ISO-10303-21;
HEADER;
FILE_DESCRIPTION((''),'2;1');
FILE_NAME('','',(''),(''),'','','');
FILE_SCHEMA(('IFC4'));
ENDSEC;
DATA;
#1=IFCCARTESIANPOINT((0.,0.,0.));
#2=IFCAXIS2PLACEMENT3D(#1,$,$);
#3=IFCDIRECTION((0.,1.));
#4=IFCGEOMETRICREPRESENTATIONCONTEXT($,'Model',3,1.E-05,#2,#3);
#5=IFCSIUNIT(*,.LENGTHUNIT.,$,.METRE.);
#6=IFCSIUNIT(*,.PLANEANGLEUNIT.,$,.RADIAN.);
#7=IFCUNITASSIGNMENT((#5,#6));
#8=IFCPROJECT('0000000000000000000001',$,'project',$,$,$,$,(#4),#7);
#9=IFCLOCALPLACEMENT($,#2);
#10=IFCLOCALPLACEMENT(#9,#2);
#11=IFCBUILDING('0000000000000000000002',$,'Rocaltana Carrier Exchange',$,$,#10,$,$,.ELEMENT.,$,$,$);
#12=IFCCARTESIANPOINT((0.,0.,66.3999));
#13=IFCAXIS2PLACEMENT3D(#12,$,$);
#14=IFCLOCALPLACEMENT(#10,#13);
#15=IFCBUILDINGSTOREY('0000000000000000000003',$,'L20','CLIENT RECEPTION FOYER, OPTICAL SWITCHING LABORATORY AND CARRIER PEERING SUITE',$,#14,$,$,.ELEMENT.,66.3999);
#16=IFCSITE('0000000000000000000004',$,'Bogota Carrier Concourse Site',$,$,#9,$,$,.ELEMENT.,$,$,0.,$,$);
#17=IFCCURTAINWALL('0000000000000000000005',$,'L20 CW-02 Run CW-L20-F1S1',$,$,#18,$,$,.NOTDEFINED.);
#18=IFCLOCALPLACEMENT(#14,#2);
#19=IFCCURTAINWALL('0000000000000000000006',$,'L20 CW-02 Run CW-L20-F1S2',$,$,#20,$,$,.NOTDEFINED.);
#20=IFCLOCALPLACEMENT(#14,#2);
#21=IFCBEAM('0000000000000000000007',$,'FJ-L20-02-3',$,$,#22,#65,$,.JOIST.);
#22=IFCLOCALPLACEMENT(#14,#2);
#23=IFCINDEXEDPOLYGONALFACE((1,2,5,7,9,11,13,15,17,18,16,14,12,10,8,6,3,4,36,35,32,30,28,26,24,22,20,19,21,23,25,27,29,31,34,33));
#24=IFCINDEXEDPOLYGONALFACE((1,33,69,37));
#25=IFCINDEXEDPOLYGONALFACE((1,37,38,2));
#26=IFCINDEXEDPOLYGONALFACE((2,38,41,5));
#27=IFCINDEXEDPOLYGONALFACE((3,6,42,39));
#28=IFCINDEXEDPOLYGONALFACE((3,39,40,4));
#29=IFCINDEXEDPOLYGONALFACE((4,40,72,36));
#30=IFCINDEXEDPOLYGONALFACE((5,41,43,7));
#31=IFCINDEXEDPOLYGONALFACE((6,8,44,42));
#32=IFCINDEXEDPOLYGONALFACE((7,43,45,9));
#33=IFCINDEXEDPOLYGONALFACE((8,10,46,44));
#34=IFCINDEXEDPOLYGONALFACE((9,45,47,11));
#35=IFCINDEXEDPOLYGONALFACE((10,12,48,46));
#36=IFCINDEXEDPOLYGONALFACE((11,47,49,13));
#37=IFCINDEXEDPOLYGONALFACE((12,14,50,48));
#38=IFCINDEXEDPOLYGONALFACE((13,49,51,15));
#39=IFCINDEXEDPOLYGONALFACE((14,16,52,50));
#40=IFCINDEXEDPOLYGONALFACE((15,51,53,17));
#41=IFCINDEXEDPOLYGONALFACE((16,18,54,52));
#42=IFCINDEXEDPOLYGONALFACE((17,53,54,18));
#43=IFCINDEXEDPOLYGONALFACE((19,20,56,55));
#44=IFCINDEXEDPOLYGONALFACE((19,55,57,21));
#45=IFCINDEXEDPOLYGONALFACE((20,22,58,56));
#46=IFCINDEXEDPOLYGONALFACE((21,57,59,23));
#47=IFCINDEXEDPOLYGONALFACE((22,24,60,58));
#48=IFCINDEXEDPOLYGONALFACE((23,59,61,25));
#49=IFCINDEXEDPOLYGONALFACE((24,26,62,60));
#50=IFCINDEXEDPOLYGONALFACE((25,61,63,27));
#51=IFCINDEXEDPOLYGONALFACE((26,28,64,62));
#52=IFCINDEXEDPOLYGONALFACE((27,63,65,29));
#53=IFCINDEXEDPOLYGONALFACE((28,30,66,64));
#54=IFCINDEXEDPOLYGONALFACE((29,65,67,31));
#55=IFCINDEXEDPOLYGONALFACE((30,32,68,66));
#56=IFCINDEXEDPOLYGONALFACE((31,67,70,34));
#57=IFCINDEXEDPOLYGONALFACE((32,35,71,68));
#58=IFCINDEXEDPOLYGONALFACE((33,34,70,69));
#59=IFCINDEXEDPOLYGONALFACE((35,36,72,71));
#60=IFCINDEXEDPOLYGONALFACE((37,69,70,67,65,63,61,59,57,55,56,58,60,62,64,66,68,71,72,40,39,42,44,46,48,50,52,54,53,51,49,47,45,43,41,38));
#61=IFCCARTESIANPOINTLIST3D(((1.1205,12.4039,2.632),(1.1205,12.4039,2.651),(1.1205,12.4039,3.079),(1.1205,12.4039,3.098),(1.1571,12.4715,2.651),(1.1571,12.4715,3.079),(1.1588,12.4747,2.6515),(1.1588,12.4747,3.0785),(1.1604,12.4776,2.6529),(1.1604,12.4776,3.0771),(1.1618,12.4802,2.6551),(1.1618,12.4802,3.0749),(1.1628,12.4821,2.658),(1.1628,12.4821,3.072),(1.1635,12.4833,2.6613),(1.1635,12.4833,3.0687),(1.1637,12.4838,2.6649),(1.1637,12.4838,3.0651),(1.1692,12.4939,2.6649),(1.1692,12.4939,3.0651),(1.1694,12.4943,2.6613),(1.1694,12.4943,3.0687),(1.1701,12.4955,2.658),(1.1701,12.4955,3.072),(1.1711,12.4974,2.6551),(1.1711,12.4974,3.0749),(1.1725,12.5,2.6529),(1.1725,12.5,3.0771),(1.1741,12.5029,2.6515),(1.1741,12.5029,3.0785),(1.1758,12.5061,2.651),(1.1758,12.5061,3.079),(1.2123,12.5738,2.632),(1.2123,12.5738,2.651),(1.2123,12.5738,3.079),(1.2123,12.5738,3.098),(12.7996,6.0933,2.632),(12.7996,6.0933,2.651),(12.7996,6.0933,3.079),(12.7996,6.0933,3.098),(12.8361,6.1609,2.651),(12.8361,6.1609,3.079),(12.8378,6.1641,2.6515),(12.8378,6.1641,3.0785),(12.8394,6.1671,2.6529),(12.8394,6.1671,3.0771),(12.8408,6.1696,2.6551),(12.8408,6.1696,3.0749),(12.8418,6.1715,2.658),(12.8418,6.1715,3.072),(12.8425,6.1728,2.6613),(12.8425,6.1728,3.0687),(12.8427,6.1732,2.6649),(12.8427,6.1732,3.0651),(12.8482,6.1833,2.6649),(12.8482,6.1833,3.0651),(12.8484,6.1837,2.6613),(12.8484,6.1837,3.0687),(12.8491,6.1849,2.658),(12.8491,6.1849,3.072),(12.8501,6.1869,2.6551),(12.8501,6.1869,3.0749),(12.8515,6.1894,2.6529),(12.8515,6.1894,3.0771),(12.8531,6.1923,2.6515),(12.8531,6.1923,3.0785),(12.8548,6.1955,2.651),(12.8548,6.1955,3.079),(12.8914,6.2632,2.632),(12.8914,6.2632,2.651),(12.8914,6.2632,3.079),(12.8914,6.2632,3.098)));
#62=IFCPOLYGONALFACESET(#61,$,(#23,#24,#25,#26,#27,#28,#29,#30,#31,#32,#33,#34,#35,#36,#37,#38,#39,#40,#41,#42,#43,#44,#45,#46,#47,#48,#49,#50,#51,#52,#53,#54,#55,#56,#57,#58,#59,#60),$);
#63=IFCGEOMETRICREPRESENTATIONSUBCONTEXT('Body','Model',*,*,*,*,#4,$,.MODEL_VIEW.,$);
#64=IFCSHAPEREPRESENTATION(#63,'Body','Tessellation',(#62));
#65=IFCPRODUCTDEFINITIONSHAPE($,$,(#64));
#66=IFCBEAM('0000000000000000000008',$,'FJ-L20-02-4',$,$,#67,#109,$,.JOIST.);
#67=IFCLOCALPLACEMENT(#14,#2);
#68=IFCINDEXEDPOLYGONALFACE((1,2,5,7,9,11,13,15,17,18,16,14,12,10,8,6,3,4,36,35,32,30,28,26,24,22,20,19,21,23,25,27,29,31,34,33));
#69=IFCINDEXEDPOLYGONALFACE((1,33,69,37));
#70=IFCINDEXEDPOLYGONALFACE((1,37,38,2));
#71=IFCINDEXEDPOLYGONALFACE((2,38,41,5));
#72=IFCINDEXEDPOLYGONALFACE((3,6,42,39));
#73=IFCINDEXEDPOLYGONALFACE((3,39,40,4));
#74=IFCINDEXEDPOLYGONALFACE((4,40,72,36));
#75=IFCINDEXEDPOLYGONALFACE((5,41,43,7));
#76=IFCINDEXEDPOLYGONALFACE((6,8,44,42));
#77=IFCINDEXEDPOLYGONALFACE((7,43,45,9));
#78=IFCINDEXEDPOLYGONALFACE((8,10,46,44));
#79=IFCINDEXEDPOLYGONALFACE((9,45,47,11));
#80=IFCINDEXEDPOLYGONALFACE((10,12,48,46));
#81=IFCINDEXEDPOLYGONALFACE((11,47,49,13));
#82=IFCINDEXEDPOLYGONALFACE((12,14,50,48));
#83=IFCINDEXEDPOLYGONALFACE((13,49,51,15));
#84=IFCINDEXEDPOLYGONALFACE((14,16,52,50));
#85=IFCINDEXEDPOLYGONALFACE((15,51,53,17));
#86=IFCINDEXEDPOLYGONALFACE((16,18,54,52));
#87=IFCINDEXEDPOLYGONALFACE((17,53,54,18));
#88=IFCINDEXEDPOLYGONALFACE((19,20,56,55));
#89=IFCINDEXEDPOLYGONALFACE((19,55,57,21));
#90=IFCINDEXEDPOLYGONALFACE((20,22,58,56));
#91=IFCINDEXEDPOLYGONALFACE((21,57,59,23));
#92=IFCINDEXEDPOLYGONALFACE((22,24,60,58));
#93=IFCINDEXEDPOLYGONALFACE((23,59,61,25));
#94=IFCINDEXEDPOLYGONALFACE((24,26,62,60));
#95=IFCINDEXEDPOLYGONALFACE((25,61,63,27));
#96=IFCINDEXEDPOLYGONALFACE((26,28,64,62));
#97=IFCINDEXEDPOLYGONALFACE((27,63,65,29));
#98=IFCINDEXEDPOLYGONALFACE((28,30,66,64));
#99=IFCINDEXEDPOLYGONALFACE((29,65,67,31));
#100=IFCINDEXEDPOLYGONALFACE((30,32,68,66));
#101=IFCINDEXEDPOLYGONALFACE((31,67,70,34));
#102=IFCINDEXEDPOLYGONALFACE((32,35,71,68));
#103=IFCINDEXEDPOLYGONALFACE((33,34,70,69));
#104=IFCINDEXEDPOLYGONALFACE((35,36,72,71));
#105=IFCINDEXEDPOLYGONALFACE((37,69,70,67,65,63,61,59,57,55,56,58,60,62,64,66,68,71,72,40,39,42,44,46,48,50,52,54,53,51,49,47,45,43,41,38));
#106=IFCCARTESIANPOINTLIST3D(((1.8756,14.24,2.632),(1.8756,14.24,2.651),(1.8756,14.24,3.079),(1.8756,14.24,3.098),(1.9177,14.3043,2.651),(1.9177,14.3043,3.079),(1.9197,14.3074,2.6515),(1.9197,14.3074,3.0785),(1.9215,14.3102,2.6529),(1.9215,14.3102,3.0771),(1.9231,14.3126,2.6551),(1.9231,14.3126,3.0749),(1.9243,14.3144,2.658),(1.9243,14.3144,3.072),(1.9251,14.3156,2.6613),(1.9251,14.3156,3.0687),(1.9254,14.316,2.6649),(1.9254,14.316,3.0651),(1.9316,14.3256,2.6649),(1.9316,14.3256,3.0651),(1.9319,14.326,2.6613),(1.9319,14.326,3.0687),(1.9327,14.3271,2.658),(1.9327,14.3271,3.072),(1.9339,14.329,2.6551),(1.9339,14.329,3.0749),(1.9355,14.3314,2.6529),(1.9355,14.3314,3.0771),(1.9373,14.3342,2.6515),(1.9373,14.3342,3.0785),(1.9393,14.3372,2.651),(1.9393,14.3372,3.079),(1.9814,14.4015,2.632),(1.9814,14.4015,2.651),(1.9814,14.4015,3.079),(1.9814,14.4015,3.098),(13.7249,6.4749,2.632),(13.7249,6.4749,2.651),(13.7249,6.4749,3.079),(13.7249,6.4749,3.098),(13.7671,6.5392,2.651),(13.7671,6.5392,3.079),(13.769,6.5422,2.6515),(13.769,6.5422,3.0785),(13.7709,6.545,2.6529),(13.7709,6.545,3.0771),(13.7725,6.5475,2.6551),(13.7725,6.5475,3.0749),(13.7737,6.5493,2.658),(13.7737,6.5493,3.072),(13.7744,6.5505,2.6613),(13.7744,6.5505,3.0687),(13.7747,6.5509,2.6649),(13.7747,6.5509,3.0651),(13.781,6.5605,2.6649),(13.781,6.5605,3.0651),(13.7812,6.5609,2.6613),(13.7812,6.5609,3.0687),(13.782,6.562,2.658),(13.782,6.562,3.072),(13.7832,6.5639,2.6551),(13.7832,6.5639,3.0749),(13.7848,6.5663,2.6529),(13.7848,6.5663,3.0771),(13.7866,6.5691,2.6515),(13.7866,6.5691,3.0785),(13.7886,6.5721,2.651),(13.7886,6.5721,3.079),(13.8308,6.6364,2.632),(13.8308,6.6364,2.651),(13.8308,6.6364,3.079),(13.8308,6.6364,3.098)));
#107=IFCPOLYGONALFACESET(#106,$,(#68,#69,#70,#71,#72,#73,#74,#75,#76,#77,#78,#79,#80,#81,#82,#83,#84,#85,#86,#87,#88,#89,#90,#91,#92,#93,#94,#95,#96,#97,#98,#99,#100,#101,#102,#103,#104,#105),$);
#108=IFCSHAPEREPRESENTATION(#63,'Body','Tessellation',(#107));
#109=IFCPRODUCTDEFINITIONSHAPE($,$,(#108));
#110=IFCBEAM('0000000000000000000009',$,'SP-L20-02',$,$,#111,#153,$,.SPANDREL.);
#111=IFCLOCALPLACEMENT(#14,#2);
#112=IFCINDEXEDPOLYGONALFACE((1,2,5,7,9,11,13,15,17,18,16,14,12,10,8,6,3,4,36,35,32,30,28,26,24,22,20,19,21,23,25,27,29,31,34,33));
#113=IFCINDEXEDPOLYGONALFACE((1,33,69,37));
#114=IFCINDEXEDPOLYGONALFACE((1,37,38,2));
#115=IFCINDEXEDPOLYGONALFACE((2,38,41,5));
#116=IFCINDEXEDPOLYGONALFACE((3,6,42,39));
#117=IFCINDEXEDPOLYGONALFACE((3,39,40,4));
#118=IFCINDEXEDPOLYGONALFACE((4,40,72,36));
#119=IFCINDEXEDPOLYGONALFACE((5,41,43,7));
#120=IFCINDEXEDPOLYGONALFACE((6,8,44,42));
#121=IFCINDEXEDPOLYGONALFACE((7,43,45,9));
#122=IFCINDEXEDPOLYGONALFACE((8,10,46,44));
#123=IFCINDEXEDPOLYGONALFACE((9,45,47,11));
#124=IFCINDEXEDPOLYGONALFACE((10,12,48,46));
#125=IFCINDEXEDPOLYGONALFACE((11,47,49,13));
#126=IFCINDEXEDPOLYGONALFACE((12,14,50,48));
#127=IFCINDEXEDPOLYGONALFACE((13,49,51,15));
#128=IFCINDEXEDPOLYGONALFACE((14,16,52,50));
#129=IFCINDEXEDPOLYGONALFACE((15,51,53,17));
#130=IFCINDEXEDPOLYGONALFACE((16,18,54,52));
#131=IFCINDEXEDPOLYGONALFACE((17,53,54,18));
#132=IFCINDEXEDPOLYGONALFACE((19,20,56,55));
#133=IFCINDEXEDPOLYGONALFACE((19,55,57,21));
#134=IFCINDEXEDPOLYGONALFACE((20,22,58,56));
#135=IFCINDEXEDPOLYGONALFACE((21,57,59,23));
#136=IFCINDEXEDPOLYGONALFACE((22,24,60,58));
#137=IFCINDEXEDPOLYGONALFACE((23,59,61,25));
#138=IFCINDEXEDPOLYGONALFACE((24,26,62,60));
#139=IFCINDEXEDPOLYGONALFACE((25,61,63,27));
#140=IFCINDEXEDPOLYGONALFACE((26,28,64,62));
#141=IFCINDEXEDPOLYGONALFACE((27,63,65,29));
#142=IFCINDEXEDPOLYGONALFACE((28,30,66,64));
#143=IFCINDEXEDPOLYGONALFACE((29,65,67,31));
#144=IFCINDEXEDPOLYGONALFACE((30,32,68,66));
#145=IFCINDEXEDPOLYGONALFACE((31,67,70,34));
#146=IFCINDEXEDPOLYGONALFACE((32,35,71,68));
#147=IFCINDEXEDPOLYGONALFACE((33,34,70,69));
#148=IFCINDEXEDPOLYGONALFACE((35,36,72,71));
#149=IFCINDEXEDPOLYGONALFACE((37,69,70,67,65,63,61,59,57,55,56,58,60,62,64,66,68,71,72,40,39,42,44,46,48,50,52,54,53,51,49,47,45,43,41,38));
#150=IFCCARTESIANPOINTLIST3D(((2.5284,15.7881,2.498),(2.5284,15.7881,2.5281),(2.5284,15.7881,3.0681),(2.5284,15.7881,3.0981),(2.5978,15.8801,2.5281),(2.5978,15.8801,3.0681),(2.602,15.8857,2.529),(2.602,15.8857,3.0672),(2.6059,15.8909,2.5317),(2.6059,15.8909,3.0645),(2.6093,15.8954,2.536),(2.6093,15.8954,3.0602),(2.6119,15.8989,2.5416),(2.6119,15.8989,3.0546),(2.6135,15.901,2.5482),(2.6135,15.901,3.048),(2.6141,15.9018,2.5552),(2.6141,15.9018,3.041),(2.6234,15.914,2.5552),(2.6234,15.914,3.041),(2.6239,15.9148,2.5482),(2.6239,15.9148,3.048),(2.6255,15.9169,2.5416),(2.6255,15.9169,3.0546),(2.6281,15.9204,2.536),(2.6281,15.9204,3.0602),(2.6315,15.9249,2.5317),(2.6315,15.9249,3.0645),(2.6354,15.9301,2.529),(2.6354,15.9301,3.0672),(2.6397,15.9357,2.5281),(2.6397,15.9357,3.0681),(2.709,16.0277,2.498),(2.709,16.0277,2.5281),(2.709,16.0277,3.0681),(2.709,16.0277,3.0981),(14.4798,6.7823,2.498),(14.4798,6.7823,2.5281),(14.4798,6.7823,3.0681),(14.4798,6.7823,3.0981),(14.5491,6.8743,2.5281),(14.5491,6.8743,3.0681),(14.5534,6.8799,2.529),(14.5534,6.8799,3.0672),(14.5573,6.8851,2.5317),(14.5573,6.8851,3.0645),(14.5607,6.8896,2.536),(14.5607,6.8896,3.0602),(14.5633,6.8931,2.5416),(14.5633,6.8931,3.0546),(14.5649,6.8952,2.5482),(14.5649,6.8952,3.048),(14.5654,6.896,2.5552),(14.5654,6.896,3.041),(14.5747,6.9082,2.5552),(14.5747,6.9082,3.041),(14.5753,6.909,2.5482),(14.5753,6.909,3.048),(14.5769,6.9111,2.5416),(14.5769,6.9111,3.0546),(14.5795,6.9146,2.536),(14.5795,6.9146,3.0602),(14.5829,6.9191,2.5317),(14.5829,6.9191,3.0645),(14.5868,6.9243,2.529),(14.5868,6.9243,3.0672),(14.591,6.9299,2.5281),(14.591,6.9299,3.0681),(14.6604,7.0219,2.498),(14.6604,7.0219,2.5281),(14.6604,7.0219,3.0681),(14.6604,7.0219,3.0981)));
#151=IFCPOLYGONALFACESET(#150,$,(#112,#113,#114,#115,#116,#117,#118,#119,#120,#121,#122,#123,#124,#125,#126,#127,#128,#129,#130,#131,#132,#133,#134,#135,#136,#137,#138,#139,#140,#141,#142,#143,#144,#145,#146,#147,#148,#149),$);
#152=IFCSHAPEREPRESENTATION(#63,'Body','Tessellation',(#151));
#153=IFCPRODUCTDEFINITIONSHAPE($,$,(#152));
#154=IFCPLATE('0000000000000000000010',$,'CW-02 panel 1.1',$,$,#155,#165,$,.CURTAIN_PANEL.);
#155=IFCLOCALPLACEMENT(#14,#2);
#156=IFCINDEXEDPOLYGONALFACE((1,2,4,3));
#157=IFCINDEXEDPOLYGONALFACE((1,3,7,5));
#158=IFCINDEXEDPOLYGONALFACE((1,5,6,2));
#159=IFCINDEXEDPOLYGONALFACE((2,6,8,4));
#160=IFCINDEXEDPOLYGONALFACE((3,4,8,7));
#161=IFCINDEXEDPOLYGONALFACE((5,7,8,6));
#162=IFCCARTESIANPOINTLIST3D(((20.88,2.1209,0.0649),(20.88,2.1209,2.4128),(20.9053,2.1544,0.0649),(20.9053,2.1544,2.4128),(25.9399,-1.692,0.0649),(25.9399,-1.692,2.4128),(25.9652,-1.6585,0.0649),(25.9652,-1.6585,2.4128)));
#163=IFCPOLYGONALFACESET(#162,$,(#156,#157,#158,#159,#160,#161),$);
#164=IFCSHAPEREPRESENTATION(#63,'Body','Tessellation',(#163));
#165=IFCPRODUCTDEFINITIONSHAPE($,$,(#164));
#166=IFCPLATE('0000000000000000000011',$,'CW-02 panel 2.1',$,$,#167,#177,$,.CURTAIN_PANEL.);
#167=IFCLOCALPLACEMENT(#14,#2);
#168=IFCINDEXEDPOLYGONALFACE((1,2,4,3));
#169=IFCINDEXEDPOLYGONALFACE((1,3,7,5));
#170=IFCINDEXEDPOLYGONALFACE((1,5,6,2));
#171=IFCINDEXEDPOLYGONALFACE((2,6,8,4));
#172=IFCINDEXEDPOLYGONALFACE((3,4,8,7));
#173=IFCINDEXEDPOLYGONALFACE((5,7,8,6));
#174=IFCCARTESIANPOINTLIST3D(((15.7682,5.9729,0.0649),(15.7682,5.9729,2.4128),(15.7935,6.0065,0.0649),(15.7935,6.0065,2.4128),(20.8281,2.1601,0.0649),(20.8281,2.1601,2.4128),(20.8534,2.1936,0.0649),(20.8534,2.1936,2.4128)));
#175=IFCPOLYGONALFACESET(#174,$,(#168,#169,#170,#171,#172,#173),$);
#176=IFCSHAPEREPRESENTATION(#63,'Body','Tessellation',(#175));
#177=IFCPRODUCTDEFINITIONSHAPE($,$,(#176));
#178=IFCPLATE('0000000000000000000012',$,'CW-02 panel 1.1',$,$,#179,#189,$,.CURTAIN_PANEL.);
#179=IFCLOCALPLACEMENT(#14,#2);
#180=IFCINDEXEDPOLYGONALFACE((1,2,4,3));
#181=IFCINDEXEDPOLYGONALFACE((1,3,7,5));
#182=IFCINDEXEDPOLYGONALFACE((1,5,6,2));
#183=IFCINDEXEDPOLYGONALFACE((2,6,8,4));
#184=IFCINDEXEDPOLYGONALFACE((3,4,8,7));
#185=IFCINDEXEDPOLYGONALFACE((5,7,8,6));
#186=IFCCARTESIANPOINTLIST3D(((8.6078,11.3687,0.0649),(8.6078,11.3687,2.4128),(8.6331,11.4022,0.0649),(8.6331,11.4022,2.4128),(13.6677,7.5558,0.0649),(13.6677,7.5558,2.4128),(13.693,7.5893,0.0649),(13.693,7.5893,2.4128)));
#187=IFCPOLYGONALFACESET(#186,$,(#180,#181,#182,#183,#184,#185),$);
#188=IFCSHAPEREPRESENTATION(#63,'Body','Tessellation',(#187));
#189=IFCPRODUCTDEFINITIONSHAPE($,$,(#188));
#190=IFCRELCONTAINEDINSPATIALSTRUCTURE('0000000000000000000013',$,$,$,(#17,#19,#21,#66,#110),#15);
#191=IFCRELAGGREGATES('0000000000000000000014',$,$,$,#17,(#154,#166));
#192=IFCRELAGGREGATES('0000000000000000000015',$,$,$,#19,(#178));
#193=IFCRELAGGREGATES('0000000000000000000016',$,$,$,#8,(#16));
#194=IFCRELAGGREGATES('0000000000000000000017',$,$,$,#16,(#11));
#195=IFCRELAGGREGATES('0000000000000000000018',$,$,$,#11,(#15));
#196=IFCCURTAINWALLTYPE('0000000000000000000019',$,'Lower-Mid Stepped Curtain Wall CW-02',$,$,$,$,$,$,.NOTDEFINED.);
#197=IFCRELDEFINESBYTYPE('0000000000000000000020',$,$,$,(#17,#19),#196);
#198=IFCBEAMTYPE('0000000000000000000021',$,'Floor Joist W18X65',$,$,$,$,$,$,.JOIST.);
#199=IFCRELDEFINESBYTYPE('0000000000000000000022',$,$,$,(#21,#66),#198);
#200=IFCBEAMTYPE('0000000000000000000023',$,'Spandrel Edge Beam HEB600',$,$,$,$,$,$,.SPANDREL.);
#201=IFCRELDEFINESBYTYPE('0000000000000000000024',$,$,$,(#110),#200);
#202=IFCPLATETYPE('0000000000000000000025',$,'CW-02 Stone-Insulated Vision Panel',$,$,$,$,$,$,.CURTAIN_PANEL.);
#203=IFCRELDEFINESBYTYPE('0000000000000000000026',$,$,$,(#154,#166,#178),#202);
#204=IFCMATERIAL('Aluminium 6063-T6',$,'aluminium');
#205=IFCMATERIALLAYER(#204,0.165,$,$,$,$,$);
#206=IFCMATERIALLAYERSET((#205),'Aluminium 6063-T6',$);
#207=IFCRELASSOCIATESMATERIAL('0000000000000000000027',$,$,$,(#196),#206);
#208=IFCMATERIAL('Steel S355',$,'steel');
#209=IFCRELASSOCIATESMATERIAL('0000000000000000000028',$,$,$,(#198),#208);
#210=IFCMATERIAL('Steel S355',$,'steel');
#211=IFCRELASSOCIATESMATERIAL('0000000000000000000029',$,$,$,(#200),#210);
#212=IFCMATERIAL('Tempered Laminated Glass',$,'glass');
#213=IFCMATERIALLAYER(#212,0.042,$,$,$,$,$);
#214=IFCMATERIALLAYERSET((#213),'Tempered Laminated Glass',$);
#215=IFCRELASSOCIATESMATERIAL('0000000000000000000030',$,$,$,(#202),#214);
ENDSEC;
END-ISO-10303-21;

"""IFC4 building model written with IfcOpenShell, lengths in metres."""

from ifc_helpers import new_model, si_unit, direction, frame, origin, origin_2d, place, context, subcontext, project, spatial, rectangle, i_section, extrude, material, layer, layer_set, material_profile, profile_set, type_object, element, aggregate, save


model = new_model("IFC4")

# Units and contexts
model_context = context("Model", 3, precision=1e-05, world=origin(), true_north=direction((0.0, 1.0)))
body_context = subcontext(model_context, "Body", "Model", "MODEL_VIEW")
ifc_project = project(units=[si_unit("LENGTHUNIT", "METRE"), si_unit("PLANEANGLEUNIT", "RADIAN")], contexts=[model_context])

# Site, building, storey
site_placement = place(None, origin())
site = spatial("IfcSite", under=ifc_project, at=site_placement, Name="Bogota Carrier Concourse Site", CompositionType="ELEMENT", RefElevation=0.0)
building_placement = place(site_placement, origin())
building = spatial("IfcBuilding", under=site, at=building_placement, Name="Rocaltana Carrier Exchange", CompositionType="ELEMENT")
storey_placement = place(building_placement, frame((0.0, 0.0, 66.3999)))
storey = spatial("IfcBuildingStorey", under=building, at=storey_placement, Name="L20", Description="CLIENT RECEPTION FOYER, OPTICAL SWITCHING LABORATORY AND CARRIER PEERING SUITE", CompositionType="ELEMENT", Elevation=66.3999)

# Curtain wall
ifc_material_1 = material(Name="Aluminium 6063-T6", Category="aluminium")
ifc_layer_1 = layer(ifc_material_1, 0.165)
ifc_layer_set_1 = layer_set([ifc_layer_1], Name="Aluminium 6063-T6")
curtain_wall_type = type_object("IfcCurtainWallType", Name="Lower-Mid Stepped Curtain Wall CW-02", PredefinedType="NOTDEFINED", material=ifc_layer_set_1)
curtain_wall_1_placement = place(storey_placement, origin())
curtain_wall_1 = element("IfcCurtainWall", 1, at=curtain_wall_1_placement, inside=storey, type_object=curtain_wall_type, Name="L20 CW-02 Run CW-L20-F1S1", PredefinedType="NOTDEFINED")

# Curtain wall
curtain_wall_2_placement = place(storey_placement, origin())
curtain_wall_2 = element("IfcCurtainWall", 2, at=curtain_wall_2_placement, inside=storey, type_object=curtain_wall_type, Name="L20 CW-02 Run CW-L20-F1S2", PredefinedType="NOTDEFINED")

# Beams
ifc_material_2 = material(Name="Steel S355", Category="steel")
ifc_material_profile_1 = material_profile(ifc_material_2, i_section(OverallWidth=0.1931, OverallDepth=0.4661, WebThickness=0.0115, FlangeThickness=0.019, FilletRadius=0.0139, at=origin_2d()), Name="W18X65")
ifc_profile_set_1 = profile_set([ifc_material_profile_1], Name="Steel S355")
beam_type_1 = type_object("IfcBeamType", Name="Floor Joist W18X65", PredefinedType="JOIST", material=ifc_profile_set_1)
beam_1_placement = place(storey_placement, frame((12.8455, 6.1782, 2.865), z_axis=(-0.879782, 0.475377, 0.0), x_axis=(-0.475377, -0.879782, 0.0)))
element("IfcBeam", 3, at=beam_1_placement, inside=storey, type_object=beam_type_1, Name="FJ-L20-02-3", PredefinedType="JOIST", context=body_context, shape_type="SweptSolid", body=[
    extrude(i_section(OverallWidth=0.1931, OverallDepth=0.4661, WebThickness=0.0115, FlangeThickness=0.019, FilletRadius=0.0139, at=origin_2d()), origin(), (0.0, 0.0, 1.0), 13.2749),
])
beam_2_placement = place(storey_placement, frame((13.7778, 6.5557, 2.865), z_axis=(-0.836404, 0.548113, 0.0), x_axis=(-0.548113, -0.836404, 0.0)))
element("IfcBeam", 4, at=beam_2_placement, inside=storey, type_object=beam_type_1, Name="FJ-L20-02-4", PredefinedType="JOIST", context=body_context, shape_type="SweptSolid", body=[
    extrude(i_section(OverallWidth=0.1931, OverallDepth=0.4661, WebThickness=0.0115, FlangeThickness=0.019, FilletRadius=0.0139, at=origin_2d()), origin(), (0.0, 0.0, 1.0), 14.167),
])
ifc_material_3 = material(Name="Steel S355", Category="steel")
ifc_material_profile_2 = material_profile(ifc_material_3, i_section(OverallWidth=0.3, OverallDepth=0.6001, WebThickness=0.0154, FlangeThickness=0.03, FilletRadius=0.0271, at=origin_2d()), Name="HEB600")
ifc_profile_set_2 = profile_set([ifc_material_profile_2], Name="Steel S355")
beam_type_2 = type_object("IfcBeamType", Name="Spandrel Edge Beam HEB600", PredefinedType="SPANDREL", material=ifc_profile_set_2)
beam_3_placement = place(storey_placement, frame((14.5701, 6.9021, 2.7981), z_axis=(-0.798641, 0.601807, 0.0), x_axis=(-0.601807, -0.798641, 0.0)))
element("IfcBeam", 5, at=beam_3_placement, inside=storey, type_object=beam_type_2, Name="SP-L20-02", PredefinedType="SPANDREL", context=body_context, shape_type="SweptSolid", body=[
    extrude(i_section(OverallWidth=0.3, OverallDepth=0.6001, WebThickness=0.0154, FlangeThickness=0.03, FilletRadius=0.0271, at=origin_2d()), origin(), (0.0, 0.0, 1.0), 14.9646),
])

# Plates
ifc_material_4 = material(Name="Tempered Laminated Glass", Category="glass")
ifc_layer_2 = layer(ifc_material_4, 0.042)
ifc_layer_set_2 = layer_set([ifc_layer_2], Name="Tempered Laminated Glass")
plate_type = type_object("IfcPlateType", Name="CW-02 Stone-Insulated Vision Panel", PredefinedType="CURTAIN_PANEL", material=ifc_layer_set_2)
plate_1_placement = place(storey_placement, frame((23.4226, 0.2312, 0.0649), z_axis=(0.0, 0.0, 1.0), x_axis=(-0.798642, 0.601807, 0.0)))
plate_1 = element("IfcPlate", 6, at=plate_1_placement, type_object=plate_type, Name="CW-02 panel 1.1", PredefinedType="CURTAIN_PANEL", context=body_context, shape_type="SweptSolid", body=[
    extrude(rectangle(XDim=6.3357, YDim=0.042, at=origin_2d()), origin(), (0.0, 0.0, 1.0), 2.3479),
])
plate_2_placement = place(storey_placement, frame((18.3108, 4.0833, 0.0649), z_axis=(0.0, 0.0, 1.0), x_axis=(-0.798642, 0.601807, 0.0)))
plate_2 = element("IfcPlate", 7, at=plate_2_placement, type_object=plate_type, Name="CW-02 panel 2.1", PredefinedType="CURTAIN_PANEL", context=body_context, shape_type="SweptSolid", body=[
    extrude(rectangle(XDim=6.3357, YDim=0.042, at=origin_2d()), origin(), (0.0, 0.0, 1.0), 2.3479),
])
aggregate(curtain_wall_1, [plate_1, plate_2])
plate_3_placement = place(storey_placement, frame((11.1504, 9.479, 0.0649), z_axis=(0.0, 0.0, 1.0), x_axis=(-0.798635, 0.601815, 0.0)))
plate_3 = element("IfcPlate", 8, at=plate_3_placement, type_object=plate_type, Name="CW-02 panel 1.1", PredefinedType="CURTAIN_PANEL", context=body_context, shape_type="SweptSolid", body=[
    extrude(rectangle(XDim=6.3357, YDim=0.042, at=origin_2d()), origin(), (0.0, 0.0, 1.0), 2.3479),
])
aggregate(curtain_wall_2, [plate_3])

save(model, "model.ifc")
